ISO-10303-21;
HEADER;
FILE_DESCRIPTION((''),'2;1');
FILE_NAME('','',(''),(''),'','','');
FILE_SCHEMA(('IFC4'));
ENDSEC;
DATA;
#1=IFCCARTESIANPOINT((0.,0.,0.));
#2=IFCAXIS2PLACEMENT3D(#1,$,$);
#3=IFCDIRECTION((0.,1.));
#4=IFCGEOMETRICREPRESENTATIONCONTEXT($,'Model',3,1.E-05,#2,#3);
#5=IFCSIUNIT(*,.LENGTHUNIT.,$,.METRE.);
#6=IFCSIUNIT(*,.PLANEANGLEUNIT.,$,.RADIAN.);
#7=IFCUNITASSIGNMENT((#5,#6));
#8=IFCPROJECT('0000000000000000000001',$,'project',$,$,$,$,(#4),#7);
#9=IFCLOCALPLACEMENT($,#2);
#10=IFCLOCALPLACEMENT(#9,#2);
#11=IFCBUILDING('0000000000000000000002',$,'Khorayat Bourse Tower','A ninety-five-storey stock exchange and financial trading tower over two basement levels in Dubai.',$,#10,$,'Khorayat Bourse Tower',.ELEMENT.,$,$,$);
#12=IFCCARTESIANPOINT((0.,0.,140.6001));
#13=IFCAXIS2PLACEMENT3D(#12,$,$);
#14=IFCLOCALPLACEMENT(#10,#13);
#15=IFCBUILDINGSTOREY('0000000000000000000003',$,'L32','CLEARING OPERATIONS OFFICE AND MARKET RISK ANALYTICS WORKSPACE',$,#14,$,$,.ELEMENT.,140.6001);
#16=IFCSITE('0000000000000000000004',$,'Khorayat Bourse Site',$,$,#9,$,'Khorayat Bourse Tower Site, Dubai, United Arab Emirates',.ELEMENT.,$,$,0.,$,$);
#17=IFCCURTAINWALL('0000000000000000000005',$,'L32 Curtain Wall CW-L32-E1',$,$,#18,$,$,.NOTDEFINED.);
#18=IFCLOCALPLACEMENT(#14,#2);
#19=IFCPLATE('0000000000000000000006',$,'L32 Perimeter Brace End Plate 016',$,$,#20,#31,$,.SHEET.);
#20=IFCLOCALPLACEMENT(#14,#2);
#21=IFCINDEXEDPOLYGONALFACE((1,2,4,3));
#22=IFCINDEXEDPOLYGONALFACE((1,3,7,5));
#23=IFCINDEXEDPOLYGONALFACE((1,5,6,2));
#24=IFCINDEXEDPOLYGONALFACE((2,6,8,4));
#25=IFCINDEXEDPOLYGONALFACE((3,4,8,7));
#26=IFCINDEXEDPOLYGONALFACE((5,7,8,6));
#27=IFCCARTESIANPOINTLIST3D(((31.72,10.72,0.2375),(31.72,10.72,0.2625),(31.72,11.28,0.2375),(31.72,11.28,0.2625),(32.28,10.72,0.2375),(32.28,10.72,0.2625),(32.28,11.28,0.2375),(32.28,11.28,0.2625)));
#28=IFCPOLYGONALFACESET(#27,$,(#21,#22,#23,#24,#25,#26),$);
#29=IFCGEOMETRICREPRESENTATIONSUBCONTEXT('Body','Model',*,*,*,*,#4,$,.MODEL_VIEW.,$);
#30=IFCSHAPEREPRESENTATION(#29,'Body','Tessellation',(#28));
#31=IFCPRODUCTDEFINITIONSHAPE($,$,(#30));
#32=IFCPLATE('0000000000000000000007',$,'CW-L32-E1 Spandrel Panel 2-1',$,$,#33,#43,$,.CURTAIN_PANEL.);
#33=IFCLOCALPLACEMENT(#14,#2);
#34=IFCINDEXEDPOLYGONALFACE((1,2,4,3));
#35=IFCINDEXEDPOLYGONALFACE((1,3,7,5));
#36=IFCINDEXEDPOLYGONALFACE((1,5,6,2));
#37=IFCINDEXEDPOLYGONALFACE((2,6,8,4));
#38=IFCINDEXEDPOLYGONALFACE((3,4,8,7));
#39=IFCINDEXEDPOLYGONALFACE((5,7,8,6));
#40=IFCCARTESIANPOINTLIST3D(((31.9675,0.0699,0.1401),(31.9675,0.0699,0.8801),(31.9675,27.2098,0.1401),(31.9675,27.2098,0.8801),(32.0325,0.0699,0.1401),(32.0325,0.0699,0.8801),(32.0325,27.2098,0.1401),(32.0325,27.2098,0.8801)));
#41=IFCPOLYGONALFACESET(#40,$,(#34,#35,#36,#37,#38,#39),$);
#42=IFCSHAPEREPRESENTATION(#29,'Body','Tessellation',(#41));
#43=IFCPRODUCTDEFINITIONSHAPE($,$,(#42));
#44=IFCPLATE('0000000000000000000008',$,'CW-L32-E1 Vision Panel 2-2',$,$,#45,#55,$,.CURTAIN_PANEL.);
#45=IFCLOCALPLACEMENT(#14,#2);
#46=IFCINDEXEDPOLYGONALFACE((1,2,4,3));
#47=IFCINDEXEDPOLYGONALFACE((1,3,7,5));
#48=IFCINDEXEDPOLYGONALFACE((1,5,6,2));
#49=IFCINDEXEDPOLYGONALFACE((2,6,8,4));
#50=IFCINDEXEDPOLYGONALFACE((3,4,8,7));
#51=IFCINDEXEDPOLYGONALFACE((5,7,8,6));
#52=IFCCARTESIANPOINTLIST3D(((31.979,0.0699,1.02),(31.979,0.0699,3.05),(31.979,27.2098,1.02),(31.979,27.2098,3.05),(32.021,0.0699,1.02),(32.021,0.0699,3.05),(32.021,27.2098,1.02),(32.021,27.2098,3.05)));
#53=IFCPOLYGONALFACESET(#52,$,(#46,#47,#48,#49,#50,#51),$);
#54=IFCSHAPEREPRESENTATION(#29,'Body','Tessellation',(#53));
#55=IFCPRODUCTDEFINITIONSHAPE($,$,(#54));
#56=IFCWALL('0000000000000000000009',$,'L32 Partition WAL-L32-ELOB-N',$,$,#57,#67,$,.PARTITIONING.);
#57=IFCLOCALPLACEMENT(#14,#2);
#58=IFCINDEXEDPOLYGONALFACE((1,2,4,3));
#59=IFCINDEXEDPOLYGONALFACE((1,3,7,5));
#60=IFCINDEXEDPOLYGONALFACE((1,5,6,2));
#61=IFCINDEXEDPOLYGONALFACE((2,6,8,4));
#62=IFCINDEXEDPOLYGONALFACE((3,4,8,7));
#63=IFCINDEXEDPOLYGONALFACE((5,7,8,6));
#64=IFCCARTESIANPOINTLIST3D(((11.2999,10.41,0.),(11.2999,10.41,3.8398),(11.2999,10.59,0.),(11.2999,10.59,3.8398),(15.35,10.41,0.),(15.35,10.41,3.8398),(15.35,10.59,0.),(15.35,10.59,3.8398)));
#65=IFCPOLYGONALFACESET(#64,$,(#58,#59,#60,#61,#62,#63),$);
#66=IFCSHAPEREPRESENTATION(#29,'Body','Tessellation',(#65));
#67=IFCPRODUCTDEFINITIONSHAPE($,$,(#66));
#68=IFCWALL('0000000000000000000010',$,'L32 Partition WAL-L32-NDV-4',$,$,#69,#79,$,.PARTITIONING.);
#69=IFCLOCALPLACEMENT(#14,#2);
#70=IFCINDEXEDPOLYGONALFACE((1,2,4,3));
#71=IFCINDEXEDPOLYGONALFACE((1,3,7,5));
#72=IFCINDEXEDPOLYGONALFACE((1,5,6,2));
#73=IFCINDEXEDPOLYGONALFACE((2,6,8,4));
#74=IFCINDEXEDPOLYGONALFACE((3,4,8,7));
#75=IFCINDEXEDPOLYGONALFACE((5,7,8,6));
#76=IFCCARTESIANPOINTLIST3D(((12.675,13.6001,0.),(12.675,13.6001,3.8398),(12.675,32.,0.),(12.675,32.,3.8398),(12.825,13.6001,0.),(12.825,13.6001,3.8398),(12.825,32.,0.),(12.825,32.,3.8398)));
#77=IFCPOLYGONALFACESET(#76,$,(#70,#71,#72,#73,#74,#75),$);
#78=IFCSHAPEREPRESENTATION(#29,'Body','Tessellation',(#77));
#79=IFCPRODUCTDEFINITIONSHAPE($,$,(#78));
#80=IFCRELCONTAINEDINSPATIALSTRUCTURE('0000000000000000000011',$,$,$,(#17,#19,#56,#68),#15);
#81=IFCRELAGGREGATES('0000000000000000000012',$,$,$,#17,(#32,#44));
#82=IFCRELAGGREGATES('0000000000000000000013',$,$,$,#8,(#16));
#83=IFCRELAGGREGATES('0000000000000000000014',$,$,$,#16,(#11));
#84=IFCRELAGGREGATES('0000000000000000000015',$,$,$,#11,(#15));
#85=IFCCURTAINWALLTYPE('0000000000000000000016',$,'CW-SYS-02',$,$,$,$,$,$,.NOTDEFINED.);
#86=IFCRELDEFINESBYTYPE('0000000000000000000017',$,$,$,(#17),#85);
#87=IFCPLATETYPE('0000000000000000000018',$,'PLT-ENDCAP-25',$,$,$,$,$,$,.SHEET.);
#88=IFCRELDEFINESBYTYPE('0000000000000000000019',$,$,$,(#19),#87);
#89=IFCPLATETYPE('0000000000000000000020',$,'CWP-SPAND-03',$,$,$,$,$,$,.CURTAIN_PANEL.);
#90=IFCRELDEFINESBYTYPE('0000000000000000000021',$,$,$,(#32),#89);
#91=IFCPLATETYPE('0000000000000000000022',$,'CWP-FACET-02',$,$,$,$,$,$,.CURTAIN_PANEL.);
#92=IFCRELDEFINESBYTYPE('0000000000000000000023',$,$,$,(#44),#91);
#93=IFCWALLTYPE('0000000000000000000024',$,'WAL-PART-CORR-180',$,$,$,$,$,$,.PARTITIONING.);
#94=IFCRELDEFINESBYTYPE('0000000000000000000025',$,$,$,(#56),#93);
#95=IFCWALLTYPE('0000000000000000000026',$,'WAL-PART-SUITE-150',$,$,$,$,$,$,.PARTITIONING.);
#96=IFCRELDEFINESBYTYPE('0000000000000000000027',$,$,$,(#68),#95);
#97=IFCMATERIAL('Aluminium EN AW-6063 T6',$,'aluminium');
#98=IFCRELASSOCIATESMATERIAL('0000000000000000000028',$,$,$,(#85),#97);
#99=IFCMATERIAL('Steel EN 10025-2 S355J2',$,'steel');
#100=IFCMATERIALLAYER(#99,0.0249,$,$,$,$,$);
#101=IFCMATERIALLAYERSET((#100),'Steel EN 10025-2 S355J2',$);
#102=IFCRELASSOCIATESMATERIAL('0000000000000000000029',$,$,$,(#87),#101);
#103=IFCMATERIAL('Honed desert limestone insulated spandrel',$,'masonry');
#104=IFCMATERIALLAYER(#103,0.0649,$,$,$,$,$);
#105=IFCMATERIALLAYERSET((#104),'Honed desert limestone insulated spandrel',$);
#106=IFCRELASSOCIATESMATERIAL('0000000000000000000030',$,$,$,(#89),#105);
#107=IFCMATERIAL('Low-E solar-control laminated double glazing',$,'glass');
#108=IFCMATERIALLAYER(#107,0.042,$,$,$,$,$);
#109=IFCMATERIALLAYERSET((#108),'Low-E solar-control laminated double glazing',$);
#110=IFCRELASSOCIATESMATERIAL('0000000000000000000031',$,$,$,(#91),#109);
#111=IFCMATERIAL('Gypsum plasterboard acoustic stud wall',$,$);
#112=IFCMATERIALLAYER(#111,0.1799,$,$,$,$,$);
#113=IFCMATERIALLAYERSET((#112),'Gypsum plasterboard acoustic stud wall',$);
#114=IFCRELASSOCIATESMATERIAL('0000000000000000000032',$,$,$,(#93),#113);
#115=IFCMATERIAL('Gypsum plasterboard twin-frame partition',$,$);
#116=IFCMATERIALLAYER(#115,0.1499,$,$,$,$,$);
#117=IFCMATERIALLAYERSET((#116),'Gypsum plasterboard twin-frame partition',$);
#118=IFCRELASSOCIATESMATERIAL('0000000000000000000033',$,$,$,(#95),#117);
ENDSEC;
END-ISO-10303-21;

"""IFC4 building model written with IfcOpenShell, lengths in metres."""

from ifc_helpers import new_model, si_unit, direction, frame, frame_2d, origin, origin_2d, place, context, subcontext, project, spatial, rectangle, extrude, source, transform, mapped, material, layer, layer_set, type_object, element, aggregate, save


model = new_model("IFC4")

# Units and contexts
model_context = context("Model", 3, precision=1e-05, world=origin(), true_north=direction((0.0, 1.0)))
body_context = subcontext(model_context, "Body", "Model", "MODEL_VIEW")
ifc_project = project(units=[si_unit("LENGTHUNIT", "METRE"), si_unit("PLANEANGLEUNIT", "RADIAN")], contexts=[model_context])

# Site, building, storey
site_placement = place(None, origin())
site = spatial("IfcSite", under=ifc_project, at=site_placement, Name="Khorayat Bourse Site", LongName="Khorayat Bourse Tower Site, Dubai, United Arab Emirates", CompositionType="ELEMENT", RefElevation=0.0)
building_placement = place(site_placement, origin())
building = spatial("IfcBuilding", under=site, at=building_placement, Name="Khorayat Bourse Tower", Description="A ninety-five-storey stock exchange and financial trading tower over two basement levels in Dubai.", LongName="Khorayat Bourse Tower", CompositionType="ELEMENT")
storey_placement = place(building_placement, frame((0.0, 0.0, 140.6001)))
storey = spatial("IfcBuildingStorey", under=building, at=storey_placement, Name="L32", Description="CLEARING OPERATIONS OFFICE AND MARKET RISK ANALYTICS WORKSPACE", CompositionType="ELEMENT", Elevation=140.6001)

# Curtain wall
ifc_material_1 = material(Name="Aluminium EN AW-6063 T6", Category="aluminium")
curtain_wall_type = type_object("IfcCurtainWallType", Name="CW-SYS-02", PredefinedType="NOTDEFINED", material=ifc_material_1)
curtain_wall_placement = place(storey_placement, origin())
curtain_wall = element("IfcCurtainWall", 1, at=curtain_wall_placement, inside=storey, type_object=curtain_wall_type, Name="L32 Curtain Wall CW-L32-E1", PredefinedType="NOTDEFINED")

# Plate
ifc_material_2 = material(Name="Steel EN 10025-2 S355J2", Category="steel")
ifc_layer_1 = layer(ifc_material_2, 0.0249)
ifc_layer_set_1 = layer_set([ifc_layer_1], Name="Steel EN 10025-2 S355J2")
plate_type_1 = type_object("IfcPlateType", Name="PLT-ENDCAP-25", PredefinedType="SHEET", material=ifc_layer_set_1)
shared_shape_1 = source(origin(), body_context, "Body", "SweptSolid", [
    extrude(rectangle(XDim=0.5601, YDim=0.5601, at=origin_2d()), origin(), (0.0, 0.0, 1.0), 0.0249),
])
for number, where, z_axis, x_axis, name in (
    (2, (32.0, 11.0, 0.2375), (0.0, 0.0, 1.0), (1.0, 0.0, 0.0), "L32 Perimeter Brace End Plate 016"),
):
    element("IfcPlate", number, at=place(storey_placement, frame(where, z_axis=z_axis, x_axis=x_axis)), inside=storey, type_object=plate_type_1, Name=name, PredefinedType="SHEET", context=body_context, shape_type="MappedRepresentation", body=[
        mapped(shared_shape_1, transform((0.0, 0.0, 0.0), scale=1.0)),
    ])

# Plates
ifc_material_3 = material(Name="Honed desert limestone insulated spandrel", Category="masonry")
ifc_layer_2 = layer(ifc_material_3, 0.0649)
ifc_layer_set_2 = layer_set([ifc_layer_2], Name="Honed desert limestone insulated spandrel")
plate_type_2 = type_object("IfcPlateType", Name="CWP-SPAND-03", PredefinedType="CURTAIN_PANEL", material=ifc_layer_set_2)
shared_shape_2 = source(origin(), body_context, "Body", "SweptSolid", [
    extrude(rectangle(XDim=27.1399, YDim=0.0649, at=origin_2d()), origin(), (0.0, 0.0, 1.0), 0.74),
])
plate_1_placement = place(storey_placement, frame((32.0, 13.6399, 0.1401), z_axis=(0.0, 0.0, 1.0), x_axis=(0.0, 1.0, 0.0)))
plate_1 = element("IfcPlate", 3, at=plate_1_placement, type_object=plate_type_2, Name="CW-L32-E1 Spandrel Panel 2-1", PredefinedType="CURTAIN_PANEL", context=body_context, shape_type="MappedRepresentation", body=[
    mapped(shared_shape_2, transform((0.0, 0.0, 0.0), scale=1.0)),
])
ifc_material_4 = material(Name="Low-E solar-control laminated double glazing", Category="glass")
ifc_layer_3 = layer(ifc_material_4, 0.042)
ifc_layer_set_3 = layer_set([ifc_layer_3], Name="Low-E solar-control laminated double glazing")
plate_type_3 = type_object("IfcPlateType", Name="CWP-FACET-02", PredefinedType="CURTAIN_PANEL", material=ifc_layer_set_3)
shared_shape_3 = source(origin(), body_context, "Body", "SweptSolid", [
    extrude(rectangle(XDim=27.1399, YDim=0.042, at=origin_2d()), origin(), (0.0, 0.0, 1.0), 2.03),
])
plate_2_placement = place(storey_placement, frame((32.0, 13.6399, 1.02), z_axis=(0.0, 0.0, 1.0), x_axis=(0.0, 1.0, 0.0)))
plate_2 = element("IfcPlate", 4, at=plate_2_placement, type_object=plate_type_3, Name="CW-L32-E1 Vision Panel 2-2", PredefinedType="CURTAIN_PANEL", context=body_context, shape_type="MappedRepresentation", body=[
    mapped(shared_shape_3, transform((0.0, 0.0, 0.0), scale=1.0)),
])
aggregate(curtain_wall, [plate_1, plate_2])

# Walls
ifc_material_5 = material(Name="Gypsum plasterboard acoustic stud wall")
ifc_layer_4 = layer(ifc_material_5, 0.1799)
ifc_layer_set_4 = layer_set([ifc_layer_4], Name="Gypsum plasterboard acoustic stud wall")
wall_type_1 = type_object("IfcWallType", Name="WAL-PART-CORR-180", PredefinedType="PARTITIONING", material=ifc_layer_set_4)
shared_shape_4 = source(origin(), body_context, "Body", "SweptSolid", [
    extrude(rectangle(XDim=4.05, YDim=0.1799, at=frame_2d((2.0249, 0.0))), origin(), (0.0, 0.0, 1.0), 3.8398),
])
wall_1_placement = place(storey_placement, frame((11.3, 10.5, 0.0), z_axis=(0.0, 0.0, 1.0), x_axis=(1.0, 0.0, 0.0)))
element("IfcWall", 5, at=wall_1_placement, inside=storey, type_object=wall_type_1, Name="L32 Partition WAL-L32-ELOB-N", PredefinedType="PARTITIONING", context=body_context, shape_type="MappedRepresentation", body=[
    mapped(shared_shape_4, transform((0.0, 0.0, 0.0), scale=1.0)),
])
ifc_material_6 = material(Name="Gypsum plasterboard twin-frame partition")
ifc_layer_5 = layer(ifc_material_6, 0.1499)
ifc_layer_set_5 = layer_set([ifc_layer_5], Name="Gypsum plasterboard twin-frame partition")
wall_type_2 = type_object("IfcWallType", Name="WAL-PART-SUITE-150", PredefinedType="PARTITIONING", material=ifc_layer_set_5)
shared_shape_5 = source(origin(), body_context, "Body", "SweptSolid", [
    extrude(rectangle(XDim=18.3999, YDim=0.1499, at=frame_2d((9.2, 0.0))), origin(), (0.0, 0.0, 1.0), 3.8398),
])
wall_2_placement = place(storey_placement, frame((12.75, 13.6001, 0.0), z_axis=(0.0, 0.0, 1.0), x_axis=(0.0, 1.0, 0.0)))
element("IfcWall", 6, at=wall_2_placement, inside=storey, type_object=wall_type_2, Name="L32 Partition WAL-L32-NDV-4", PredefinedType="PARTITIONING", context=body_context, shape_type="MappedRepresentation", body=[
    mapped(shared_shape_5, transform((0.0, 0.0, 0.0), scale=1.0)),
])

save(model, "model.ifc")
